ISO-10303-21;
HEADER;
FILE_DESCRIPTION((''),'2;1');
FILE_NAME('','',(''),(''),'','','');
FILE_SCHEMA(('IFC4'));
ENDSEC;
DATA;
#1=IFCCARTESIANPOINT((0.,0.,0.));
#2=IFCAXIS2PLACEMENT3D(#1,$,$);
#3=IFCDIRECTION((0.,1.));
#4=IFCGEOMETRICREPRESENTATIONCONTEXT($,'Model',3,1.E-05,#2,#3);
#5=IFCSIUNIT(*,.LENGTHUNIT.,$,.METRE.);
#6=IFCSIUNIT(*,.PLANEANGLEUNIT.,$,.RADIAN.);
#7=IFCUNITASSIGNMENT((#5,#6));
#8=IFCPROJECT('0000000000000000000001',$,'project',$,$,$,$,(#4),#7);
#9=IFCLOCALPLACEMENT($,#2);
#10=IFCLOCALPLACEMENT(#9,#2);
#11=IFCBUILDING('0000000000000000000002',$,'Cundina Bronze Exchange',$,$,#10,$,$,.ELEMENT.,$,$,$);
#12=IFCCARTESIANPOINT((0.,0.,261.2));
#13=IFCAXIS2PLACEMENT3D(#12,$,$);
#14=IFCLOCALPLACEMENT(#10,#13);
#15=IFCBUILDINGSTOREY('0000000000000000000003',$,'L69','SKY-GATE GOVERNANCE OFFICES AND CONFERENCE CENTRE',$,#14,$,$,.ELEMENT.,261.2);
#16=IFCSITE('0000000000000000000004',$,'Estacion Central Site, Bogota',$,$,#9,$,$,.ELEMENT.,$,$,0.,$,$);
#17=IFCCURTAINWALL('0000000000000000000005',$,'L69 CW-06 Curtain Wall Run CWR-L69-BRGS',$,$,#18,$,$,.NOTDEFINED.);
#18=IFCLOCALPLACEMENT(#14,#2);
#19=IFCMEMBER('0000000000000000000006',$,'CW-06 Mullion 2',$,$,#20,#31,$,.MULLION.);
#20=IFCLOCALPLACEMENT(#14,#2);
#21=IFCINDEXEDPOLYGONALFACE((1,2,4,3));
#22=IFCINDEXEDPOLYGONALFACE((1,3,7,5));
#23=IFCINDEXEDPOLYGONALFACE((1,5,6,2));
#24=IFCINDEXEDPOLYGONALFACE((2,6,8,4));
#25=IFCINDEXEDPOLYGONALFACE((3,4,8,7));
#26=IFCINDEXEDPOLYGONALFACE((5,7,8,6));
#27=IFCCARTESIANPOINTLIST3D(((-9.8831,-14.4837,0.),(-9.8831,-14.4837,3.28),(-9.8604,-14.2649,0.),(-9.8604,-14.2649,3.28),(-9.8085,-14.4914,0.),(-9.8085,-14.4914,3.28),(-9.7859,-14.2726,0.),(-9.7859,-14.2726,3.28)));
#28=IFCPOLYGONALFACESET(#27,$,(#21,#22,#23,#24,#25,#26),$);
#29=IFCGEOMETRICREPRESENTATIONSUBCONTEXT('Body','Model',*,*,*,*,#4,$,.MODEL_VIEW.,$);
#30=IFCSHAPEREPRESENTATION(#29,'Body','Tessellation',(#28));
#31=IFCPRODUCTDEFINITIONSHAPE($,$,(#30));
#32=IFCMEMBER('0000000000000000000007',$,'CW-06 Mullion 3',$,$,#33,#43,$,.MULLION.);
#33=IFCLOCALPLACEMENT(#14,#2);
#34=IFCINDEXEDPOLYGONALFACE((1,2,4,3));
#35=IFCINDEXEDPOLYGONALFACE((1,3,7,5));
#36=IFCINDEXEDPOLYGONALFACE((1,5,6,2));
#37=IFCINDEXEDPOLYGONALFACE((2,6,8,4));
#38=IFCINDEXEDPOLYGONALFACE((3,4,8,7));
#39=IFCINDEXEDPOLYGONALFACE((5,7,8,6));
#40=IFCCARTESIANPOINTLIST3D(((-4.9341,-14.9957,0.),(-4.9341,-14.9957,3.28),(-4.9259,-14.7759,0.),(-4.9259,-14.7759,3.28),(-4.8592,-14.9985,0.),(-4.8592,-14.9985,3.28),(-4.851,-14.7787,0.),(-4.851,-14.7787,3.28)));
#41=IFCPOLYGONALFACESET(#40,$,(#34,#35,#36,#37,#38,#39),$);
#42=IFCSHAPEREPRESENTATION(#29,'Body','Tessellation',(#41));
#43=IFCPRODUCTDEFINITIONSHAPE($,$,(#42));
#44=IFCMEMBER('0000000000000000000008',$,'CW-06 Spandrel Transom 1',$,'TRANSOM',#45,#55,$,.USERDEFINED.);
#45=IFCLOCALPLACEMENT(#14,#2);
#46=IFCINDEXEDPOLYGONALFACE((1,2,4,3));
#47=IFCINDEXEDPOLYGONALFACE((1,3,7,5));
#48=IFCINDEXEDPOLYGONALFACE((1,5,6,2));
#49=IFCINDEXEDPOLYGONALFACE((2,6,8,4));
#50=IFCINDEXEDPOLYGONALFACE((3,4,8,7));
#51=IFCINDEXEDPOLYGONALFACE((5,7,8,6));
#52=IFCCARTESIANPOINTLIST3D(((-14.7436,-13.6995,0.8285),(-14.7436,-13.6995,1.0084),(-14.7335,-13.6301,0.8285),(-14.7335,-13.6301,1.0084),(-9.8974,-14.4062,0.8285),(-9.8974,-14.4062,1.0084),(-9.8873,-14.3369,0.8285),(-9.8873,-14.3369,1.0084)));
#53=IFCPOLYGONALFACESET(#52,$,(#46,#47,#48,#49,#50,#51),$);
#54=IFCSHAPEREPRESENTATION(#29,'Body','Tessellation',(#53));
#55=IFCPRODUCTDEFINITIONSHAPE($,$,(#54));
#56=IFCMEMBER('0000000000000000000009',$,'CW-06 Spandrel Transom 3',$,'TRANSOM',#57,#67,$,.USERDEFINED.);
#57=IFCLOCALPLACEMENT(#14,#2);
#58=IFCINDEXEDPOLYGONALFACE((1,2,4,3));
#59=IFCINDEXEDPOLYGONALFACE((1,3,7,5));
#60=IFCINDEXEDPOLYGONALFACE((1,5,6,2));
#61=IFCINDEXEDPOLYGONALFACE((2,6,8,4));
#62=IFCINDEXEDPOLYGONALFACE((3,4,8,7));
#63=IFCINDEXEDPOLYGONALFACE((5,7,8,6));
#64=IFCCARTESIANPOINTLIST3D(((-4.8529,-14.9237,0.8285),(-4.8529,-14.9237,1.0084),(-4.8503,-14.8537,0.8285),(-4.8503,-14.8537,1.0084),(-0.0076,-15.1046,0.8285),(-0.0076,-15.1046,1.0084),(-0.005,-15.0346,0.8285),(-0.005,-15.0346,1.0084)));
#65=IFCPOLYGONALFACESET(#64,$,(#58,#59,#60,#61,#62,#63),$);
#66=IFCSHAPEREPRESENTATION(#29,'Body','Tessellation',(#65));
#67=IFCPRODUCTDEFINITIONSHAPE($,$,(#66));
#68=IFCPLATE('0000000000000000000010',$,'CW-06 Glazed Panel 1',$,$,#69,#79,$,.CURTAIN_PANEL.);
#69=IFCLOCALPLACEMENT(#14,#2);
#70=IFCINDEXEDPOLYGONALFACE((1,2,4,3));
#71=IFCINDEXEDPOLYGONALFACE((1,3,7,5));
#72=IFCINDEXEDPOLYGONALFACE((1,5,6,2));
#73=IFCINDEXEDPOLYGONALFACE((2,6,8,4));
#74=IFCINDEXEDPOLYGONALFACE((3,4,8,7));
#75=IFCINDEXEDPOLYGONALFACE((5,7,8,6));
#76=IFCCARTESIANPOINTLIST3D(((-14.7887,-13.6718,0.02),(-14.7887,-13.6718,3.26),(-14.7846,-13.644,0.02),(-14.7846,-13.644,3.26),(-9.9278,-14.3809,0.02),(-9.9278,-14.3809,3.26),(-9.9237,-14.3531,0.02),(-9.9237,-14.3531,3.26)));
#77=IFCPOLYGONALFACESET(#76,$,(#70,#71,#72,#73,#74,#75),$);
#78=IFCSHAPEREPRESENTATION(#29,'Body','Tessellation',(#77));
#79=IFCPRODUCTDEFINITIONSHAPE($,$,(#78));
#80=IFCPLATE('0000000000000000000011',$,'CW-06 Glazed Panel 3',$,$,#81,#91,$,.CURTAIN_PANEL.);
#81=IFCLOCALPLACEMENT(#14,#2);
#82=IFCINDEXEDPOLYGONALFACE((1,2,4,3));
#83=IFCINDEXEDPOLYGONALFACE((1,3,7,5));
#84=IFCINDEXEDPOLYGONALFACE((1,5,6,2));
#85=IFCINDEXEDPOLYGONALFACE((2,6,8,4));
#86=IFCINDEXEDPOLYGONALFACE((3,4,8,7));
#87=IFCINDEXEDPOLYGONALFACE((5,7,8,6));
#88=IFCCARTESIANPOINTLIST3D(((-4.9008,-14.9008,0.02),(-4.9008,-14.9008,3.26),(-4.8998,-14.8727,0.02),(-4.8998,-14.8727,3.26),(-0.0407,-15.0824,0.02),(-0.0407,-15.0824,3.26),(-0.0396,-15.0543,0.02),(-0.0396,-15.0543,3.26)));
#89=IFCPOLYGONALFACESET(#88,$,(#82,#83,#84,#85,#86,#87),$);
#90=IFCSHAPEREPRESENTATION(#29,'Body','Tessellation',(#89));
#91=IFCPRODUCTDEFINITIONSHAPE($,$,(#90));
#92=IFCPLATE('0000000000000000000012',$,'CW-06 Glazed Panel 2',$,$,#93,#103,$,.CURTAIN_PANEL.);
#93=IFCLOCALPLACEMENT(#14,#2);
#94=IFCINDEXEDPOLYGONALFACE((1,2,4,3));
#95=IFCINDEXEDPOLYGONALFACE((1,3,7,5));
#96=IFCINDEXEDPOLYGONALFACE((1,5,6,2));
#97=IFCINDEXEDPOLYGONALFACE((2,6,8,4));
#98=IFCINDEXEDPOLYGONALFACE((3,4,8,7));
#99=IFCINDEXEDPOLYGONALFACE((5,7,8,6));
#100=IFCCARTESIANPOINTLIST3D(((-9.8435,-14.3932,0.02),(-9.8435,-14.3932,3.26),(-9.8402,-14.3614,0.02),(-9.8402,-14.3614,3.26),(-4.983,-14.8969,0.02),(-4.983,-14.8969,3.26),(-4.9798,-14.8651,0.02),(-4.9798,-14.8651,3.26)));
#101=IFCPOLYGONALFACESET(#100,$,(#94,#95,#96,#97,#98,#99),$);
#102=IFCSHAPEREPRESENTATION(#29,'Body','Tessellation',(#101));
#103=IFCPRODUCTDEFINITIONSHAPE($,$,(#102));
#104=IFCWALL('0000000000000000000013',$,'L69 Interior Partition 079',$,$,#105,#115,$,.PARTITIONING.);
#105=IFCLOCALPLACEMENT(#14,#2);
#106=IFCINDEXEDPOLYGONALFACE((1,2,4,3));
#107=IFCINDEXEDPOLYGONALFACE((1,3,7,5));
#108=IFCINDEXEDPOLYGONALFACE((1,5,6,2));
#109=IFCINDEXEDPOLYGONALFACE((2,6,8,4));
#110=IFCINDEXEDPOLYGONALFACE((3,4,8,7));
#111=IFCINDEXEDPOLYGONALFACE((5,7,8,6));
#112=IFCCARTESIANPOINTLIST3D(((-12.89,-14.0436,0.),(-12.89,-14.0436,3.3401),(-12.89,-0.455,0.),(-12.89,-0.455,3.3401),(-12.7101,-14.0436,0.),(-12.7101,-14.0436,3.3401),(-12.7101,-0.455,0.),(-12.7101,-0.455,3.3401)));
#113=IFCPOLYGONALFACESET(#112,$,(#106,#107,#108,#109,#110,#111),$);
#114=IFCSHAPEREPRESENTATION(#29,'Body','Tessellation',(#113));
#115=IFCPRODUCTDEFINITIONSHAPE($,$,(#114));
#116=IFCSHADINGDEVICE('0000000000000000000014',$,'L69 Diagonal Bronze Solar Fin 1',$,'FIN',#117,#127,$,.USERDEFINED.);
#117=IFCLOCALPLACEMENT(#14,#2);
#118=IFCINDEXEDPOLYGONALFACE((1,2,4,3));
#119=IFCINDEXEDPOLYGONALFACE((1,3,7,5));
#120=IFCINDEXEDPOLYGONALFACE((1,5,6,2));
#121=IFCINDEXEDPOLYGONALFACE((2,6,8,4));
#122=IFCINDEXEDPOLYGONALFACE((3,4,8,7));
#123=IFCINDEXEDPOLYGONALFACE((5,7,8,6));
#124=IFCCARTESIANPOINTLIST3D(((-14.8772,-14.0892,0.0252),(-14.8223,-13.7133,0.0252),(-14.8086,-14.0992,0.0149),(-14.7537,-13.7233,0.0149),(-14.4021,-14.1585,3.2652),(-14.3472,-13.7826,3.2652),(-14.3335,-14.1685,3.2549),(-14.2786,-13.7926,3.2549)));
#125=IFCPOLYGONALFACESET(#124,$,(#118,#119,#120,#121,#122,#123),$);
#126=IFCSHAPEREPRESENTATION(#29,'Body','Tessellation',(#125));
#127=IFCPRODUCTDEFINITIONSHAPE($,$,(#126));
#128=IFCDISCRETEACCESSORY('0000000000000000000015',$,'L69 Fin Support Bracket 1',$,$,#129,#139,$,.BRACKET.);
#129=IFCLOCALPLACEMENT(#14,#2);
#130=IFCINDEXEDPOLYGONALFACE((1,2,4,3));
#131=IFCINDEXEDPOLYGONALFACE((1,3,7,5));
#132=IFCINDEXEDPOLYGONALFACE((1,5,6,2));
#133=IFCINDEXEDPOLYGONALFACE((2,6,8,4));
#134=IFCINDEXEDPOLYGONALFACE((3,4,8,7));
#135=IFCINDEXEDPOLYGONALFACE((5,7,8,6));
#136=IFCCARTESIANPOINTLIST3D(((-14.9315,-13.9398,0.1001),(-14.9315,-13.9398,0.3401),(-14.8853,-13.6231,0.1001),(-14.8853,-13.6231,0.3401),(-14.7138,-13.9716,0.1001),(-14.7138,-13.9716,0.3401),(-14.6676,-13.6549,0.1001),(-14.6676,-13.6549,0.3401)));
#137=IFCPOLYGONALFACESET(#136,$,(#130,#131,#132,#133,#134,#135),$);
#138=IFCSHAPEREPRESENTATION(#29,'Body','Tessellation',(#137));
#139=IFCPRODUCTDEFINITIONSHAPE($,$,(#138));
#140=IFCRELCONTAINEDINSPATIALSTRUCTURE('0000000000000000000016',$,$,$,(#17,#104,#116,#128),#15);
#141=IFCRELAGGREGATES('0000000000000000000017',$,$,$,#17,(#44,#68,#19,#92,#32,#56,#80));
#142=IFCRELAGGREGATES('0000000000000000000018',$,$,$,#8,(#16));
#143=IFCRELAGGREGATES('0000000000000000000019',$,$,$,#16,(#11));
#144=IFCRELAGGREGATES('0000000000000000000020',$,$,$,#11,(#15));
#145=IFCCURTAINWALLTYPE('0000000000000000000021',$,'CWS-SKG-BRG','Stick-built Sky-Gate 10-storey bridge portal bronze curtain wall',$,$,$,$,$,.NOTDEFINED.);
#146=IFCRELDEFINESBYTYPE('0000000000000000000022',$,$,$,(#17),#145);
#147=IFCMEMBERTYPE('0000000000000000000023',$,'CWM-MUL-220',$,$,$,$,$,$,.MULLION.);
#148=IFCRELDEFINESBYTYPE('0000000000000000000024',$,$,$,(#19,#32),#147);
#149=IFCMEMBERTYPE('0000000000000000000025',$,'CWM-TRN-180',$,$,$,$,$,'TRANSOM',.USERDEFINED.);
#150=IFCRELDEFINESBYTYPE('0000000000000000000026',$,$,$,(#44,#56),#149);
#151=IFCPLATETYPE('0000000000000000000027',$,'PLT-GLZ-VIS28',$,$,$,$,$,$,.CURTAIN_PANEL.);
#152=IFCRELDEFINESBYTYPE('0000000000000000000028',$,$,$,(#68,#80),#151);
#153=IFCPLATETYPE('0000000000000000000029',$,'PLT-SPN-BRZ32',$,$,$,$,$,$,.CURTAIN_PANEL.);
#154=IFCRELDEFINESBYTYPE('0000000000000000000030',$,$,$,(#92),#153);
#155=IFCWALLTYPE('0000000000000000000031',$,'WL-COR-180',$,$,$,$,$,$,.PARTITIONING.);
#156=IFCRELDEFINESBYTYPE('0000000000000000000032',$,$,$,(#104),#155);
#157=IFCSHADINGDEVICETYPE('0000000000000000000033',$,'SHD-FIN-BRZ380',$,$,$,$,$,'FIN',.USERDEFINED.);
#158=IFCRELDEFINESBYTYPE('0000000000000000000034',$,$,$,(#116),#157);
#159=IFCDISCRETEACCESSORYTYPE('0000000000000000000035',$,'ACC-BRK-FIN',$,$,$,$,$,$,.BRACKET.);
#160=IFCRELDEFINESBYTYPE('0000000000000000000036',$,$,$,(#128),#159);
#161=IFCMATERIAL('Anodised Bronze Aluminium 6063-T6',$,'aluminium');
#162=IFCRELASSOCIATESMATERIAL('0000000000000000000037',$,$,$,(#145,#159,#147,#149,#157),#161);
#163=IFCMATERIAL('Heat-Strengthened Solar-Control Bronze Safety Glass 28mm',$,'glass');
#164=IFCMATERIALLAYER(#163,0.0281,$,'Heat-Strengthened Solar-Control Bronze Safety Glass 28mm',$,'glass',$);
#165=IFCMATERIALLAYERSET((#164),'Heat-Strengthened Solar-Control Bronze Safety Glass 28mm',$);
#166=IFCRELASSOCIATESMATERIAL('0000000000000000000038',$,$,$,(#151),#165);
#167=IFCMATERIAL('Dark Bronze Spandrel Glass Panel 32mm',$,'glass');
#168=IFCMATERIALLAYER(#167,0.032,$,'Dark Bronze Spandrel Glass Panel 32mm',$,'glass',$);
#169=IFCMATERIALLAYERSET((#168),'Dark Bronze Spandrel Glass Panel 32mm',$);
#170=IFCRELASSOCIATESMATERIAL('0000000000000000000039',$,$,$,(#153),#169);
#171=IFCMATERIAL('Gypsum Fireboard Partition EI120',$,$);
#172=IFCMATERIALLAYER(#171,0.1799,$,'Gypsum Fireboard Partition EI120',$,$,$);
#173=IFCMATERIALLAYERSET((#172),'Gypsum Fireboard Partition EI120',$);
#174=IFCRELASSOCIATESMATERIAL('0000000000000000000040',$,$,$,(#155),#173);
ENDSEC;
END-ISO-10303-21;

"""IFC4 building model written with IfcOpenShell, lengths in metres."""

from ifc_helpers import new_model, si_unit, direction, frame, frame_2d, origin, origin_2d, place, context, subcontext, project, spatial, rectangle, extrude, material, layer, layer_set, material_profile, profile_set, type_object, element, aggregate, save


model = new_model("IFC4")

# Units and contexts
model_context = context("Model", 3, precision=1e-05, world=origin(), true_north=direction((0.0, 1.0)))
body_context = subcontext(model_context, "Body", "Model", "MODEL_VIEW")
ifc_project = project(units=[si_unit("LENGTHUNIT", "METRE"), si_unit("PLANEANGLEUNIT", "RADIAN")], contexts=[model_context])

# Site, building, storey
site_placement = place(None, origin())
site = spatial("IfcSite", under=ifc_project, at=site_placement, Name="Estacion Central Site, Bogota", CompositionType="ELEMENT", RefElevation=0.0)
building_placement = place(site_placement, origin())
building = spatial("IfcBuilding", under=site, at=building_placement, Name="Cundina Bronze Exchange", CompositionType="ELEMENT")
storey_placement = place(building_placement, frame((0.0, 0.0, 261.2)))
storey = spatial("IfcBuildingStorey", under=building, at=storey_placement, Name="L69", Description="SKY-GATE GOVERNANCE OFFICES AND CONFERENCE CENTRE", CompositionType="ELEMENT", Elevation=261.2)

# Shared definitions
ifc_material_1 = material(Name="Anodised Bronze Aluminium 6063-T6", Category="aluminium")
curtain_wall_type = type_object("IfcCurtainWallType", Name="CWS-SKG-BRG", Description="Stick-built Sky-Gate 10-storey bridge portal bronze curtain wall", PredefinedType="NOTDEFINED", material=ifc_material_1)
ifc_material_profile_1 = material_profile(ifc_material_1, rectangle(XDim=0.075, YDim=0.22, at=origin_2d()), Name="AL75X220", Category="aluminium")
ifc_profile_set_1 = profile_set([ifc_material_profile_1], Name="Anodised Bronze Aluminium 6063-T6")
member_type_1 = type_object("IfcMemberType", Name="CWM-MUL-220", PredefinedType="MULLION", material=ifc_profile_set_1)

# Curtain wall, members, plates
curtain_wall_1_placement = place(storey_placement, origin())
curtain_wall_1 = element("IfcCurtainWall", 1, at=curtain_wall_1_placement, inside=storey, type_object=curtain_wall_type, Name="L69 CW-06 Curtain Wall Run CWR-L69-BRGS", PredefinedType="NOTDEFINED")
member_1_placement = place(storey_placement, frame((-9.8345, -14.3782, 0.0), z_axis=(0.0, 0.0, 1.0), x_axis=(0.994667, -0.10314, 0.0)))
member_1 = element("IfcMember", 2, at=member_1_placement, type_object=member_type_1, Name="CW-06 Mullion 2", PredefinedType="MULLION", context=body_context, shape_type="SweptSolid", body=[
    extrude(rectangle(XDim=0.075, YDim=0.22, at=origin_2d()), origin(), (0.0, 0.0, 1.0), 3.28),
])
member_2_placement = place(storey_placement, frame((-4.8926, -14.8872, 0.0), z_axis=(0.0, 0.0, 1.0), x_axis=(0.999303, -0.037341, 0.0)))
member_2 = element("IfcMember", 3, at=member_2_placement, type_object=member_type_1, Name="CW-06 Mullion 3", PredefinedType="MULLION", context=body_context, shape_type="SweptSolid", body=[
    extrude(rectangle(XDim=0.075, YDim=0.22, at=origin_2d()), origin(), (0.0, 0.0, 1.0), 3.28),
])
ifc_material_profile_2 = material_profile(ifc_material_1, rectangle(XDim=0.0701, YDim=0.1799, at=origin_2d()), Name="AL70X180", Category="aluminium")
ifc_profile_set_2 = profile_set([ifc_material_profile_2], Name="Anodised Bronze Aluminium 6063-T6")
member_type_2 = type_object("IfcMemberType", Name="CWM-TRN-180", ElementType="TRANSOM", PredefinedType="USERDEFINED", material=ifc_profile_set_2)
member_3_placement = place(storey_placement, frame((-14.7385, -13.6648, 0.9185), z_axis=(0.989531, -0.144317, 0.0), x_axis=(0.144317, 0.989531, 0.0)))
member_3 = element("IfcMember", 4, at=member_3_placement, type_object=member_type_2, Name="CW-06 Spandrel Transom 1", ObjectType="TRANSOM", PredefinedType="USERDEFINED", context=body_context, shape_type="SweptSolid", body=[
    extrude(rectangle(XDim=0.0701, YDim=0.1799, at=origin_2d()), origin(), (0.0, 0.0, 1.0), 4.8975),
])
member_4_placement = place(storey_placement, frame((-4.8516, -14.8887, 0.9185), z_axis=(0.999304, -0.037312, 0.0), x_axis=(0.037312, 0.999304, 0.0)))
member_4 = element("IfcMember", 5, at=member_4_placement, type_object=member_type_2, Name="CW-06 Spandrel Transom 3", ObjectType="TRANSOM", PredefinedType="USERDEFINED", context=body_context, shape_type="SweptSolid", body=[
    extrude(rectangle(XDim=0.0701, YDim=0.1799, at=origin_2d()), origin(), (0.0, 0.0, 1.0), 4.8486),
])
ifc_material_2 = material(Name="Heat-Strengthened Solar-Control Bronze Safety Glass 28mm", Category="glass")
ifc_layer_1 = layer(ifc_material_2, 0.0281, Name="Heat-Strengthened Solar-Control Bronze Safety Glass 28mm", Category="glass")
ifc_layer_set_1 = layer_set([ifc_layer_1], Name="Heat-Strengthened Solar-Control Bronze Safety Glass 28mm")
plate_type_1 = type_object("IfcPlateType", Name="PLT-GLZ-VIS28", PredefinedType="CURTAIN_PANEL", material=ifc_layer_set_1)
plate_1_placement = place(storey_placement, frame((-12.3562, -14.0125, 0.02), z_axis=(0.0, 0.0, 1.0), x_axis=(0.989528, -0.144339, 0.0)))
plate_1 = element("IfcPlate", 6, at=plate_1_placement, type_object=plate_type_1, Name="CW-06 Glazed Panel 1", PredefinedType="CURTAIN_PANEL", context=body_context, shape_type="SweptSolid", body=[
    extrude(rectangle(XDim=4.9124, YDim=0.0281, at=origin_2d()), origin(), (0.0, 0.0, 1.0), 3.24),
])
plate_2_placement = place(storey_placement, frame((-2.4702, -14.9775, 0.02), z_axis=(0.0, 0.0, 1.0), x_axis=(0.999303, -0.037341, 0.0)))
plate_2 = element("IfcPlate", 7, at=plate_2_placement, type_object=plate_type_1, Name="CW-06 Glazed Panel 3", PredefinedType="CURTAIN_PANEL", context=body_context, shape_type="SweptSolid", body=[
    extrude(rectangle(XDim=4.8635, YDim=0.0281, at=origin_2d()), origin(), (0.0, 0.0, 1.0), 3.24),
])
ifc_material_3 = material(Name="Dark Bronze Spandrel Glass Panel 32mm", Category="glass")
ifc_layer_2 = layer(ifc_material_3, 0.032, Name="Dark Bronze Spandrel Glass Panel 32mm", Category="glass")
ifc_layer_set_2 = layer_set([ifc_layer_2], Name="Dark Bronze Spandrel Glass Panel 32mm")
plate_type_2 = type_object("IfcPlateType", Name="PLT-SPN-BRZ32", PredefinedType="CURTAIN_PANEL", material=ifc_layer_set_2)
plate_3_placement = place(storey_placement, frame((-7.4116, -14.6292, 0.02), z_axis=(0.0, 0.0, 1.0), x_axis=(0.994672, -0.103088, 0.0)))
plate_3 = element("IfcPlate", 8, at=plate_3_placement, type_object=plate_type_2, Name="CW-06 Glazed Panel 2", PredefinedType="CURTAIN_PANEL", context=body_context, shape_type="SweptSolid", body=[
    extrude(rectangle(XDim=4.8865, YDim=0.032, at=origin_2d()), origin(), (0.0, 0.0, 1.0), 3.24),
])
aggregate(curtain_wall_1, [member_3, plate_1, member_1, plate_3, member_2, member_4, plate_2])

# Wall
ifc_material_4 = material(Name="Gypsum Fireboard Partition EI120")
ifc_layer_3 = layer(ifc_material_4, 0.1799, Name="Gypsum Fireboard Partition EI120")
ifc_layer_set_3 = layer_set([ifc_layer_3], Name="Gypsum Fireboard Partition EI120")
wall_type = type_object("IfcWallType", Name="WL-COR-180", PredefinedType="PARTITIONING", material=ifc_layer_set_3)
wall_placement = place(storey_placement, frame((-12.8, -14.0437, 0.0), z_axis=(0.0, 0.0, 1.0), x_axis=(0.0, 1.0, 0.0)))
element("IfcWall", 9, at=wall_placement, inside=storey, type_object=wall_type, Name="L69 Interior Partition 079", PredefinedType="PARTITIONING", context=body_context, shape_type="SweptSolid", body=[
    extrude(rectangle(XDim=13.5886, YDim=0.1799, at=frame_2d((6.7944, 0.0))), origin(), (0.0, 0.0, 1.0), 3.3401),
])

# Shading device
ifc_material_profile_3 = material_profile(ifc_material_1, rectangle(XDim=0.0701, YDim=0.3799, at=origin_2d()), Name="FIN70X380", Category="aluminium")
ifc_profile_set_3 = profile_set([ifc_material_profile_3], Name="Anodised Bronze Aluminium 6063-T6")
shading_device_type = type_object("IfcShadingDeviceType", Name="SHD-FIN-BRZ380", ElementType="FIN", PredefinedType="USERDEFINED", material=ifc_profile_set_3)
shading_device_placement = place(storey_placement, frame((-14.8154, -13.9062, 0.02), z_axis=(0.145052, -0.021169, 0.989198), x_axis=(-0.978829, 0.142851, 0.146588)))
element("IfcShadingDevice", 10, at=shading_device_placement, inside=storey, type_object=shading_device_type, Name="L69 Diagonal Bronze Solar Fin 1", ObjectType="FIN", PredefinedType="USERDEFINED", context=body_context, shape_type="SweptSolid", body=[
    extrude(rectangle(XDim=0.0701, YDim=0.3799, at=origin_2d()), origin(), (0.0, 0.0, 1.0), 3.2754),
])

# Discrete accessory
discrete_accessory_type = type_object("IfcDiscreteAccessoryType", Name="ACC-BRK-FIN", PredefinedType="BRACKET", material=ifc_material_1)
discrete_accessory_placement = place(storey_placement, frame((-14.7996, -13.7974, 0.1001), z_axis=(0.0, 0.0, 1.0), x_axis=(0.989528, -0.144339, 0.0)))
element("IfcDiscreteAccessory", 11, at=discrete_accessory_placement, inside=storey, type_object=discrete_accessory_type, Name="L69 Fin Support Bracket 1", PredefinedType="BRACKET", context=body_context, shape_type="SweptSolid", body=[
    extrude(rectangle(XDim=0.22, YDim=0.3201, at=origin_2d()), origin(), (0.0, 0.0, 1.0), 0.24),
])

save(model, "model.ifc")
